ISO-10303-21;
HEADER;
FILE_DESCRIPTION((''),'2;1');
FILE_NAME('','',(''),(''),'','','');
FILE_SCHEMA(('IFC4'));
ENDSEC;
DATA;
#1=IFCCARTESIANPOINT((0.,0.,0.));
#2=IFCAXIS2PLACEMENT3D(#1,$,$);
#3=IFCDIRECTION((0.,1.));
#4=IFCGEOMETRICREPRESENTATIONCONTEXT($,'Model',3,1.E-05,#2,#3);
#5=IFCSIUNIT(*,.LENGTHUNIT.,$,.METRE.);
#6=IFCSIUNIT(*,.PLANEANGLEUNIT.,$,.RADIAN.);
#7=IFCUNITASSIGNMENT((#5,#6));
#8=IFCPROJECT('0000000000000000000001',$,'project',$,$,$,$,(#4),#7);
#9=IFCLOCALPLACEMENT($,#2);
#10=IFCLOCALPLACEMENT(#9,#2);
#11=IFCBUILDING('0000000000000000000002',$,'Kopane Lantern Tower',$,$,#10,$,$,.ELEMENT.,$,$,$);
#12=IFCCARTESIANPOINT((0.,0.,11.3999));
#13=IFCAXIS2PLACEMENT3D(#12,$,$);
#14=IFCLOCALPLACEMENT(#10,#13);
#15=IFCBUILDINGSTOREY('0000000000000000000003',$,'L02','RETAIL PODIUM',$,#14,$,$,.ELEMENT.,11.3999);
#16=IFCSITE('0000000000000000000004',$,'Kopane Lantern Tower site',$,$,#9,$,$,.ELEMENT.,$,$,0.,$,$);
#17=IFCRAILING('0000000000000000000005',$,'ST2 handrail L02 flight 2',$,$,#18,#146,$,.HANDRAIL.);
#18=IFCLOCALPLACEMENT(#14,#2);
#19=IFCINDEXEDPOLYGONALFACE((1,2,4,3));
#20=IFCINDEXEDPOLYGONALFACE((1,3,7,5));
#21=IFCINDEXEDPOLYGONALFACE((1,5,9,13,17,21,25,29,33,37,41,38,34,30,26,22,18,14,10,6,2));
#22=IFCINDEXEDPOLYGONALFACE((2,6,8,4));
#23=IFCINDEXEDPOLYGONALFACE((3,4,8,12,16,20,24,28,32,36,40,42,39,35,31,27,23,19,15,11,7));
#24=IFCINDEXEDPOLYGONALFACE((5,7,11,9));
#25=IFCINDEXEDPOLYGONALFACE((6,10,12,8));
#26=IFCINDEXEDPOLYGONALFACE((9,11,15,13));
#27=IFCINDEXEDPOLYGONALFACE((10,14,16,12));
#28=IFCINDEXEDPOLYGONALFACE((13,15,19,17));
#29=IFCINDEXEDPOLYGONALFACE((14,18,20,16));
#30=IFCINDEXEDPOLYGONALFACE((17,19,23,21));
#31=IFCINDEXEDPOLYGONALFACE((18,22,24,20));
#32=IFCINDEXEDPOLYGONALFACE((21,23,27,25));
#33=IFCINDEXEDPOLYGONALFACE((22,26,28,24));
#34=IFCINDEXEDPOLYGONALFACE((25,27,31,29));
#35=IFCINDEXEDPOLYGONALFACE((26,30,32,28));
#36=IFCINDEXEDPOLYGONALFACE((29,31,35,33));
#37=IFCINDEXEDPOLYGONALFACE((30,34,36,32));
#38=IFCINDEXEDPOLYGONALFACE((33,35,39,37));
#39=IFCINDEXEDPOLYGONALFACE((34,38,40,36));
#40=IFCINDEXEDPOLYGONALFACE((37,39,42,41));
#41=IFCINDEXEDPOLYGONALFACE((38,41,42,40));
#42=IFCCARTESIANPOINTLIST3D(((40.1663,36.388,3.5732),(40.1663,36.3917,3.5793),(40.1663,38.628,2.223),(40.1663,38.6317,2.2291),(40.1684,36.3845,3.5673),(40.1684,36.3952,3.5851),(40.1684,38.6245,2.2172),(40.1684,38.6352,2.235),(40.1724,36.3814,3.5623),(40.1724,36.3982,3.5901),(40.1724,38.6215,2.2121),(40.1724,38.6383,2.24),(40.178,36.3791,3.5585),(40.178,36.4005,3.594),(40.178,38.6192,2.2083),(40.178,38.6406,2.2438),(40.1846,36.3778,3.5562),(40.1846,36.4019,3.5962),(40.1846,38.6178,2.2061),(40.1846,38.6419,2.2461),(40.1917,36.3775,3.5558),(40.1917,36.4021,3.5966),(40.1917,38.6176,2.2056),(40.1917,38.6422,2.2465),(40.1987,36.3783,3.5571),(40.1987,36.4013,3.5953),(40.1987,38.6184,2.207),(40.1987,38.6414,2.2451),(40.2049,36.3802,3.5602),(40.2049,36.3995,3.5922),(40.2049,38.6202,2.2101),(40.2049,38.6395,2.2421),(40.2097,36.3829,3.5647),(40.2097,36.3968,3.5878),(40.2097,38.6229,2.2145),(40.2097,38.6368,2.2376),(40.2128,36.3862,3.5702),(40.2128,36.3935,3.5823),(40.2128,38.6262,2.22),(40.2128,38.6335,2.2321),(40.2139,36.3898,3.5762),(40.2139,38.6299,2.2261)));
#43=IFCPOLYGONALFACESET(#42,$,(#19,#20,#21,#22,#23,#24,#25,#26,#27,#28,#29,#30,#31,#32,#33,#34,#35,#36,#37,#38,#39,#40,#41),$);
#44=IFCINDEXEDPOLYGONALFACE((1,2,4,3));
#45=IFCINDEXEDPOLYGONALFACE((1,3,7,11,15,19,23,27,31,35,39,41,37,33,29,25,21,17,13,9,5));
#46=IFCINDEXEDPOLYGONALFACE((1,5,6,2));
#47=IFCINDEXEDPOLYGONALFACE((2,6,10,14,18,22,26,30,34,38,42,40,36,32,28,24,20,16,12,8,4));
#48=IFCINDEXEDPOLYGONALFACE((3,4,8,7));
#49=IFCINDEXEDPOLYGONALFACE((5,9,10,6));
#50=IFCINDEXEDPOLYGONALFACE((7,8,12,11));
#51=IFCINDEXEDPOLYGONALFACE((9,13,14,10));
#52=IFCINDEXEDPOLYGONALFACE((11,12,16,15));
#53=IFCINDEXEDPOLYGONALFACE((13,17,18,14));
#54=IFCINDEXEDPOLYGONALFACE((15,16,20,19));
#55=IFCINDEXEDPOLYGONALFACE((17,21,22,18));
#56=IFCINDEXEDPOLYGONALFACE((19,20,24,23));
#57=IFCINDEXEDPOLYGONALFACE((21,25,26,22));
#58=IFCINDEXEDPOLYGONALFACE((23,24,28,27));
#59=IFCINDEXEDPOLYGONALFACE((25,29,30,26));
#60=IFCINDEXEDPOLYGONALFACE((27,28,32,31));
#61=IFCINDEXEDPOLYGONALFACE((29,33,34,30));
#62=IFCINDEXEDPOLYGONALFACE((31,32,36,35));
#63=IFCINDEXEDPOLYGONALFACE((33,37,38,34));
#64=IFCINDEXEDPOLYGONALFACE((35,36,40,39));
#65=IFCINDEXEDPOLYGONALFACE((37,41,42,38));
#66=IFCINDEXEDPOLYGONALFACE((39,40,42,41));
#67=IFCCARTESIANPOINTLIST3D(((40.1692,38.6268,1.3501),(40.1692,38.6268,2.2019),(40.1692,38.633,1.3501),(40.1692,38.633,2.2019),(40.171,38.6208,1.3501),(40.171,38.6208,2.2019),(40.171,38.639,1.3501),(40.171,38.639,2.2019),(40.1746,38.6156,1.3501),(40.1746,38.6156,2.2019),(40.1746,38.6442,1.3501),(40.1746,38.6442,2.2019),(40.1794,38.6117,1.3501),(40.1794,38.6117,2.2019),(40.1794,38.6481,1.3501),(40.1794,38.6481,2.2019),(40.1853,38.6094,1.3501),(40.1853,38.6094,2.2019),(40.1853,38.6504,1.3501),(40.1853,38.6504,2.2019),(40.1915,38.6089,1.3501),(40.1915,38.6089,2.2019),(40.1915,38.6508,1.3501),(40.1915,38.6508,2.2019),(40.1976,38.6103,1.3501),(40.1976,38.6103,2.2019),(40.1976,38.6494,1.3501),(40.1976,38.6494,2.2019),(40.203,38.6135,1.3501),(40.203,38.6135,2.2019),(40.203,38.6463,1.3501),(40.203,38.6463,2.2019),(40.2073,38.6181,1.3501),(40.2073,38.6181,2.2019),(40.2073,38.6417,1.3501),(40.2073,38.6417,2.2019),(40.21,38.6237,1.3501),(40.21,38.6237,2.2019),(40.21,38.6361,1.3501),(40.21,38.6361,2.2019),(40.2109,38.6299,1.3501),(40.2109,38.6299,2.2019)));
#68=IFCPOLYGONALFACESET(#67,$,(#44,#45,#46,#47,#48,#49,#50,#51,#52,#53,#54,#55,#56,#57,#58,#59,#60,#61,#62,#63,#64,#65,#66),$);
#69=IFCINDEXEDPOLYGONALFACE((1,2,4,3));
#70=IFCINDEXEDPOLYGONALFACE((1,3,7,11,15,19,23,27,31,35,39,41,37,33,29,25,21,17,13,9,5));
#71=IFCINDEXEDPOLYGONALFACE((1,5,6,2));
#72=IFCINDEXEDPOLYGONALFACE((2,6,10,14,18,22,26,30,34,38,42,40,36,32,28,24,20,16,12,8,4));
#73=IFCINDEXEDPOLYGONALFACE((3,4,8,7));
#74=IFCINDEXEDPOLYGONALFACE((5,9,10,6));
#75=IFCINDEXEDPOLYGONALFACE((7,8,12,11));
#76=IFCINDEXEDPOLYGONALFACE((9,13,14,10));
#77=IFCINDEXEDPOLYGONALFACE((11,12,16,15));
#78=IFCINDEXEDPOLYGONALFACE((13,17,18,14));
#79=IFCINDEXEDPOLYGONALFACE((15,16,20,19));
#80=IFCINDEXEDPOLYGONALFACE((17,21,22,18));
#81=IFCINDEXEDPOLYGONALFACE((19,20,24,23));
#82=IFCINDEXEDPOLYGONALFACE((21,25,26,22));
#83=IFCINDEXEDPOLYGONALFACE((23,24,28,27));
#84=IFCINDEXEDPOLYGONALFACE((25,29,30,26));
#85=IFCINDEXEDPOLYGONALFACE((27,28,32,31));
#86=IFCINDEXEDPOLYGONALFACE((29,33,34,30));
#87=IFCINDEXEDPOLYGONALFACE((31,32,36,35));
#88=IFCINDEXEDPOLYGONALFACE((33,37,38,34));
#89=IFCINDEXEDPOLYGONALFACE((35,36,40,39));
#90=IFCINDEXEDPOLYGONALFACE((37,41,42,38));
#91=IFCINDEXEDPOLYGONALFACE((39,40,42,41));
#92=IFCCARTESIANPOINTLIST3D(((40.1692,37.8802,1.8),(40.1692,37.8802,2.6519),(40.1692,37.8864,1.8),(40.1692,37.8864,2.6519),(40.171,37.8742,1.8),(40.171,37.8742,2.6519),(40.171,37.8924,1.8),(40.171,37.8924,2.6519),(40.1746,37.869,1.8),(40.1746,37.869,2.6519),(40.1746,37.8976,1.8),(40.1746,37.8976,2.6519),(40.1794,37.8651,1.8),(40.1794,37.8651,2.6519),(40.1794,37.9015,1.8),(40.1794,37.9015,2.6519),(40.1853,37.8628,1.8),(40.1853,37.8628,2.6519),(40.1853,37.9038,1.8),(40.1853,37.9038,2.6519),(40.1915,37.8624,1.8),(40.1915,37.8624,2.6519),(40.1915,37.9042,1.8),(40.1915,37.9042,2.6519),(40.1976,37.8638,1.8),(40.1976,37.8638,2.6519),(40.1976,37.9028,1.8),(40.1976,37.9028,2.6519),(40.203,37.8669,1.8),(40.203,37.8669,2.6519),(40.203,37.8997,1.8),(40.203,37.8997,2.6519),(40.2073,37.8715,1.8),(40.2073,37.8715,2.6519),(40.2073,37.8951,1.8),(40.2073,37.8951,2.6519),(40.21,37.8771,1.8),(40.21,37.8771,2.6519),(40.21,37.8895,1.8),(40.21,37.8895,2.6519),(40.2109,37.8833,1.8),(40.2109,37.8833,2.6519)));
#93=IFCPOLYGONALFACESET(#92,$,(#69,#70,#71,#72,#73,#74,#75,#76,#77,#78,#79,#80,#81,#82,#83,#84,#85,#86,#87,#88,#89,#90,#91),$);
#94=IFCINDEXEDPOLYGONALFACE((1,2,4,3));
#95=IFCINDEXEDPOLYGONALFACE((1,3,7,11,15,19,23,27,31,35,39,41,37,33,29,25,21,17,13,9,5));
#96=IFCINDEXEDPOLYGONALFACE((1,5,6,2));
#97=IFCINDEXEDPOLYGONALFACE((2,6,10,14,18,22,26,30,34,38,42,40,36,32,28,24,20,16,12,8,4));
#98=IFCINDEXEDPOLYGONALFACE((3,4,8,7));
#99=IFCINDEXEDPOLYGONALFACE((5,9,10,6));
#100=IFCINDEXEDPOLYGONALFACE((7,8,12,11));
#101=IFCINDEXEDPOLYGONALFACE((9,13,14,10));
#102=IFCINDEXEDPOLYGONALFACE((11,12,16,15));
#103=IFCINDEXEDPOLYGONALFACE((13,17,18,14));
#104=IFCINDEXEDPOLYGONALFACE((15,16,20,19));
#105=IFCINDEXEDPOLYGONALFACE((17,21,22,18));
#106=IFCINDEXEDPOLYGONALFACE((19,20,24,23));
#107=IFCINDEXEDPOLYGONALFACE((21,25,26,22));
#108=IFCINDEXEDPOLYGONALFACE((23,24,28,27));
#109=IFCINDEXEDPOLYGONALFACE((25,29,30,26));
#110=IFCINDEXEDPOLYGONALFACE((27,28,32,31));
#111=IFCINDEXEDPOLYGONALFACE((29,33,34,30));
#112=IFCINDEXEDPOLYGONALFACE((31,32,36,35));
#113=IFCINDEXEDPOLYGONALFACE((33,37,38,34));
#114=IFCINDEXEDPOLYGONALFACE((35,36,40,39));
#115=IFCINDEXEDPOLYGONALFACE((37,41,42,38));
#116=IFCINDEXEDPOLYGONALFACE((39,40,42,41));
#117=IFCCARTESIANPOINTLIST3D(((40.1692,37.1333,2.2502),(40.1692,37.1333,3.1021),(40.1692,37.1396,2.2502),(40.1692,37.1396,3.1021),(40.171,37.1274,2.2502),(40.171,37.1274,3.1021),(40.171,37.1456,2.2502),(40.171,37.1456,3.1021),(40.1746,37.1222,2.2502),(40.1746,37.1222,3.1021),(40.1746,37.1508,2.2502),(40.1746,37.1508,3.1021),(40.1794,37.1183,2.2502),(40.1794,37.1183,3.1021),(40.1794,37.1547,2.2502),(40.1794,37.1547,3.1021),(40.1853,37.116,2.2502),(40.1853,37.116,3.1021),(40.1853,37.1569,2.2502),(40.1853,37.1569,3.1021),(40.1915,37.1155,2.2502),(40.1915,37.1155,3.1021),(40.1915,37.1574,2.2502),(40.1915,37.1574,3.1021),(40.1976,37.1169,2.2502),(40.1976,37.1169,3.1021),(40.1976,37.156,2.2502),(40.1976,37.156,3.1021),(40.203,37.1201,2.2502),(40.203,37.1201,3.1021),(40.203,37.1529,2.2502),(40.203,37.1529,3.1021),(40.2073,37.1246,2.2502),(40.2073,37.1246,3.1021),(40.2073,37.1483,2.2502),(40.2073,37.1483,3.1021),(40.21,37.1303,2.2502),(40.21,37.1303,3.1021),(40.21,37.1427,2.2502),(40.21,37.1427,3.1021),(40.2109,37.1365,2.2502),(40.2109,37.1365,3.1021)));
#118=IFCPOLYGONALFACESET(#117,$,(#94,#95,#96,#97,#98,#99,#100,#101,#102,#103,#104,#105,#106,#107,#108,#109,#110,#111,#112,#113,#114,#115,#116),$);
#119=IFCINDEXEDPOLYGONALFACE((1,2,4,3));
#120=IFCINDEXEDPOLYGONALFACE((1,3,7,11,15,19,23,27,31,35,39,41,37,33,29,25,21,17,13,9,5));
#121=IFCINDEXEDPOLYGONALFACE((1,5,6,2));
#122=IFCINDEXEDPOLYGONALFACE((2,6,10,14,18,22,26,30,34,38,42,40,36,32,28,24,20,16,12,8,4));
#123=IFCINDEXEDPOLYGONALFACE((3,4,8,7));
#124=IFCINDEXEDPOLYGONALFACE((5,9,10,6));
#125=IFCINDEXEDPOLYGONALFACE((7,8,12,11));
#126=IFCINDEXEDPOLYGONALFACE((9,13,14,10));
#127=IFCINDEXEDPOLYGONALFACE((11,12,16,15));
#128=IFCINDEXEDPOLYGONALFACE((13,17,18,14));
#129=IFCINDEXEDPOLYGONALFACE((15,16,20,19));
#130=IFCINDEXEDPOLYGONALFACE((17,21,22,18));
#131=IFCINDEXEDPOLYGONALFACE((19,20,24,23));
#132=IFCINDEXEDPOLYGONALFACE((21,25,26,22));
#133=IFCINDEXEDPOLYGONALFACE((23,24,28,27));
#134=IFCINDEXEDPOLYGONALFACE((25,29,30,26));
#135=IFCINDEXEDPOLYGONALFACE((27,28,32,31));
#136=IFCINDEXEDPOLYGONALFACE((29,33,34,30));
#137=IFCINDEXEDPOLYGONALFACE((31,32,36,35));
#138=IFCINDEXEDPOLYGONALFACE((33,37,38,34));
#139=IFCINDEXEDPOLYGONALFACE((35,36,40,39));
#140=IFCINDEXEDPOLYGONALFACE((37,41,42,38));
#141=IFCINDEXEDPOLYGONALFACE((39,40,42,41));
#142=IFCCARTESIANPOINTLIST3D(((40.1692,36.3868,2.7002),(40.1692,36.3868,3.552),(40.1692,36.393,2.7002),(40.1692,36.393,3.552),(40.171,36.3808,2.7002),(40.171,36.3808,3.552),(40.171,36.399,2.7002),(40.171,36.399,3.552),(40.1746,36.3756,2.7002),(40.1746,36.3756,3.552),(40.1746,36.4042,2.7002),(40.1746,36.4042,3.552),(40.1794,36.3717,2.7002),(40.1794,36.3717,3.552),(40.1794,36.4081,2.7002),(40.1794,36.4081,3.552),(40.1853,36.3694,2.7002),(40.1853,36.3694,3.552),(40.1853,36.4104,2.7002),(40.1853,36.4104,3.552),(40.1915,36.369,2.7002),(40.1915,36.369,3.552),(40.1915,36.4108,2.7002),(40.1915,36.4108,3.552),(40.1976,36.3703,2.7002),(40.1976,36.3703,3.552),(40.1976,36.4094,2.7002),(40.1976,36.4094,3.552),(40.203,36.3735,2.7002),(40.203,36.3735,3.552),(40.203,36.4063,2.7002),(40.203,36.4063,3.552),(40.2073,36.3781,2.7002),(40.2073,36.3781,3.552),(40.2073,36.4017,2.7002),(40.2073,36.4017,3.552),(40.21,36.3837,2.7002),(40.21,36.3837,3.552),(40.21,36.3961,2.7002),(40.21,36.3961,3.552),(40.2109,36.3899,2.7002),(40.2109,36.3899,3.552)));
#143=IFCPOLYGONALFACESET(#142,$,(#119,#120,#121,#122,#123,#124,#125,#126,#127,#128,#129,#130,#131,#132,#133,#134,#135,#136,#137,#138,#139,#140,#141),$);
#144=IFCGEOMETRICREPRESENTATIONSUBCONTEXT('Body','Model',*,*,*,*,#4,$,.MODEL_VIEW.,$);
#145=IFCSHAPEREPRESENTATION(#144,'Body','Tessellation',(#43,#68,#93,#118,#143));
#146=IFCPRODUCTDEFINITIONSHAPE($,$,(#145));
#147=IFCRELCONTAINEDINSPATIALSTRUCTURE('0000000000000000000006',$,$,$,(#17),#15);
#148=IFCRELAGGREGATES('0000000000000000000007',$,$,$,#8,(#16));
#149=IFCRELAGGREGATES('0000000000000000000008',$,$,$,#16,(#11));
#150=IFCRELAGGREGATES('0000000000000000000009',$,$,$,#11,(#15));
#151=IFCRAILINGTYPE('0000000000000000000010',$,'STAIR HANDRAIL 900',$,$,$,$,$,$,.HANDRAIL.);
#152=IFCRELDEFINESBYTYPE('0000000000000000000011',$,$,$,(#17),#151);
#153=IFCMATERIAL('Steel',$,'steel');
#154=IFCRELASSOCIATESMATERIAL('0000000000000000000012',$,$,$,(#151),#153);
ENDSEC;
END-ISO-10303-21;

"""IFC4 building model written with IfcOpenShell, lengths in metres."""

from ifc_helpers import new_model, si_unit, direction, frame, origin, origin_2d, place, context, subcontext, project, spatial, circle, extrude, material, type_object, element, save


model = new_model("IFC4")

# Units and contexts
model_context = context("Model", 3, precision=1e-05, world=origin(), true_north=direction((0.0, 1.0)))
body_context = subcontext(model_context, "Body", "Model", "MODEL_VIEW")
ifc_project = project(units=[si_unit("LENGTHUNIT", "METRE"), si_unit("PLANEANGLEUNIT", "RADIAN")], contexts=[model_context])

# Site, building, storey
site_placement = place(None, origin())
site = spatial("IfcSite", under=ifc_project, at=site_placement, Name="Kopane Lantern Tower site", CompositionType="ELEMENT", RefElevation=0.0)
building_placement = place(site_placement, origin())
building = spatial("IfcBuilding", under=site, at=building_placement, Name="Kopane Lantern Tower", CompositionType="ELEMENT")
storey_placement = place(building_placement, frame((0.0, 0.0, 11.3999)))
storey = spatial("IfcBuildingStorey", under=building, at=storey_placement, Name="L02", Description="RETAIL PODIUM", CompositionType="ELEMENT", Elevation=11.3999)

# Railing
ifc_material_1 = material(Name="Steel", Category="steel")
railing_type_1 = type_object("IfcRailingType", Name="STAIR HANDRAIL 900", PredefinedType="HANDRAIL", material=ifc_material_1)
for number, where, name in (
    (1, (40.1899, 38.6299, 1.3501), "ST2 handrail L02 flight 2"),
):
    element("IfcRailing", number, at=place(storey_placement, frame(where)), inside=storey, type_object=railing_type_1, Name=name, PredefinedType="HANDRAIL", context=body_context, shape_type="SweptSolid", body=[
        extrude(circle(Radius=0.0239, at=origin_2d()), frame((0.0, 0.0, 0.876), z_axis=(0.0, -0.856462, 0.516211), x_axis=(1.0, 0.0, 0.0)), (0.0, 0.0, 1.0), 2.6155),
        extrude(circle(Radius=0.021, at=origin_2d()), origin(), (0.0, 0.0, 1.0), 0.8518),
        extrude(circle(Radius=0.021, at=origin_2d()), frame((0.0, -0.7466, 0.45)), (0.0, 0.0, 1.0), 0.8518),
        extrude(circle(Radius=0.021, at=origin_2d()), frame((0.0, -1.4934, 0.9001)), (0.0, 0.0, 1.0), 0.8518),
        extrude(circle(Radius=0.021, at=origin_2d()), frame((0.0, -2.24, 1.3501)), (0.0, 0.0, 1.0), 0.8518),
    ])

save(model, "model.ifc")
